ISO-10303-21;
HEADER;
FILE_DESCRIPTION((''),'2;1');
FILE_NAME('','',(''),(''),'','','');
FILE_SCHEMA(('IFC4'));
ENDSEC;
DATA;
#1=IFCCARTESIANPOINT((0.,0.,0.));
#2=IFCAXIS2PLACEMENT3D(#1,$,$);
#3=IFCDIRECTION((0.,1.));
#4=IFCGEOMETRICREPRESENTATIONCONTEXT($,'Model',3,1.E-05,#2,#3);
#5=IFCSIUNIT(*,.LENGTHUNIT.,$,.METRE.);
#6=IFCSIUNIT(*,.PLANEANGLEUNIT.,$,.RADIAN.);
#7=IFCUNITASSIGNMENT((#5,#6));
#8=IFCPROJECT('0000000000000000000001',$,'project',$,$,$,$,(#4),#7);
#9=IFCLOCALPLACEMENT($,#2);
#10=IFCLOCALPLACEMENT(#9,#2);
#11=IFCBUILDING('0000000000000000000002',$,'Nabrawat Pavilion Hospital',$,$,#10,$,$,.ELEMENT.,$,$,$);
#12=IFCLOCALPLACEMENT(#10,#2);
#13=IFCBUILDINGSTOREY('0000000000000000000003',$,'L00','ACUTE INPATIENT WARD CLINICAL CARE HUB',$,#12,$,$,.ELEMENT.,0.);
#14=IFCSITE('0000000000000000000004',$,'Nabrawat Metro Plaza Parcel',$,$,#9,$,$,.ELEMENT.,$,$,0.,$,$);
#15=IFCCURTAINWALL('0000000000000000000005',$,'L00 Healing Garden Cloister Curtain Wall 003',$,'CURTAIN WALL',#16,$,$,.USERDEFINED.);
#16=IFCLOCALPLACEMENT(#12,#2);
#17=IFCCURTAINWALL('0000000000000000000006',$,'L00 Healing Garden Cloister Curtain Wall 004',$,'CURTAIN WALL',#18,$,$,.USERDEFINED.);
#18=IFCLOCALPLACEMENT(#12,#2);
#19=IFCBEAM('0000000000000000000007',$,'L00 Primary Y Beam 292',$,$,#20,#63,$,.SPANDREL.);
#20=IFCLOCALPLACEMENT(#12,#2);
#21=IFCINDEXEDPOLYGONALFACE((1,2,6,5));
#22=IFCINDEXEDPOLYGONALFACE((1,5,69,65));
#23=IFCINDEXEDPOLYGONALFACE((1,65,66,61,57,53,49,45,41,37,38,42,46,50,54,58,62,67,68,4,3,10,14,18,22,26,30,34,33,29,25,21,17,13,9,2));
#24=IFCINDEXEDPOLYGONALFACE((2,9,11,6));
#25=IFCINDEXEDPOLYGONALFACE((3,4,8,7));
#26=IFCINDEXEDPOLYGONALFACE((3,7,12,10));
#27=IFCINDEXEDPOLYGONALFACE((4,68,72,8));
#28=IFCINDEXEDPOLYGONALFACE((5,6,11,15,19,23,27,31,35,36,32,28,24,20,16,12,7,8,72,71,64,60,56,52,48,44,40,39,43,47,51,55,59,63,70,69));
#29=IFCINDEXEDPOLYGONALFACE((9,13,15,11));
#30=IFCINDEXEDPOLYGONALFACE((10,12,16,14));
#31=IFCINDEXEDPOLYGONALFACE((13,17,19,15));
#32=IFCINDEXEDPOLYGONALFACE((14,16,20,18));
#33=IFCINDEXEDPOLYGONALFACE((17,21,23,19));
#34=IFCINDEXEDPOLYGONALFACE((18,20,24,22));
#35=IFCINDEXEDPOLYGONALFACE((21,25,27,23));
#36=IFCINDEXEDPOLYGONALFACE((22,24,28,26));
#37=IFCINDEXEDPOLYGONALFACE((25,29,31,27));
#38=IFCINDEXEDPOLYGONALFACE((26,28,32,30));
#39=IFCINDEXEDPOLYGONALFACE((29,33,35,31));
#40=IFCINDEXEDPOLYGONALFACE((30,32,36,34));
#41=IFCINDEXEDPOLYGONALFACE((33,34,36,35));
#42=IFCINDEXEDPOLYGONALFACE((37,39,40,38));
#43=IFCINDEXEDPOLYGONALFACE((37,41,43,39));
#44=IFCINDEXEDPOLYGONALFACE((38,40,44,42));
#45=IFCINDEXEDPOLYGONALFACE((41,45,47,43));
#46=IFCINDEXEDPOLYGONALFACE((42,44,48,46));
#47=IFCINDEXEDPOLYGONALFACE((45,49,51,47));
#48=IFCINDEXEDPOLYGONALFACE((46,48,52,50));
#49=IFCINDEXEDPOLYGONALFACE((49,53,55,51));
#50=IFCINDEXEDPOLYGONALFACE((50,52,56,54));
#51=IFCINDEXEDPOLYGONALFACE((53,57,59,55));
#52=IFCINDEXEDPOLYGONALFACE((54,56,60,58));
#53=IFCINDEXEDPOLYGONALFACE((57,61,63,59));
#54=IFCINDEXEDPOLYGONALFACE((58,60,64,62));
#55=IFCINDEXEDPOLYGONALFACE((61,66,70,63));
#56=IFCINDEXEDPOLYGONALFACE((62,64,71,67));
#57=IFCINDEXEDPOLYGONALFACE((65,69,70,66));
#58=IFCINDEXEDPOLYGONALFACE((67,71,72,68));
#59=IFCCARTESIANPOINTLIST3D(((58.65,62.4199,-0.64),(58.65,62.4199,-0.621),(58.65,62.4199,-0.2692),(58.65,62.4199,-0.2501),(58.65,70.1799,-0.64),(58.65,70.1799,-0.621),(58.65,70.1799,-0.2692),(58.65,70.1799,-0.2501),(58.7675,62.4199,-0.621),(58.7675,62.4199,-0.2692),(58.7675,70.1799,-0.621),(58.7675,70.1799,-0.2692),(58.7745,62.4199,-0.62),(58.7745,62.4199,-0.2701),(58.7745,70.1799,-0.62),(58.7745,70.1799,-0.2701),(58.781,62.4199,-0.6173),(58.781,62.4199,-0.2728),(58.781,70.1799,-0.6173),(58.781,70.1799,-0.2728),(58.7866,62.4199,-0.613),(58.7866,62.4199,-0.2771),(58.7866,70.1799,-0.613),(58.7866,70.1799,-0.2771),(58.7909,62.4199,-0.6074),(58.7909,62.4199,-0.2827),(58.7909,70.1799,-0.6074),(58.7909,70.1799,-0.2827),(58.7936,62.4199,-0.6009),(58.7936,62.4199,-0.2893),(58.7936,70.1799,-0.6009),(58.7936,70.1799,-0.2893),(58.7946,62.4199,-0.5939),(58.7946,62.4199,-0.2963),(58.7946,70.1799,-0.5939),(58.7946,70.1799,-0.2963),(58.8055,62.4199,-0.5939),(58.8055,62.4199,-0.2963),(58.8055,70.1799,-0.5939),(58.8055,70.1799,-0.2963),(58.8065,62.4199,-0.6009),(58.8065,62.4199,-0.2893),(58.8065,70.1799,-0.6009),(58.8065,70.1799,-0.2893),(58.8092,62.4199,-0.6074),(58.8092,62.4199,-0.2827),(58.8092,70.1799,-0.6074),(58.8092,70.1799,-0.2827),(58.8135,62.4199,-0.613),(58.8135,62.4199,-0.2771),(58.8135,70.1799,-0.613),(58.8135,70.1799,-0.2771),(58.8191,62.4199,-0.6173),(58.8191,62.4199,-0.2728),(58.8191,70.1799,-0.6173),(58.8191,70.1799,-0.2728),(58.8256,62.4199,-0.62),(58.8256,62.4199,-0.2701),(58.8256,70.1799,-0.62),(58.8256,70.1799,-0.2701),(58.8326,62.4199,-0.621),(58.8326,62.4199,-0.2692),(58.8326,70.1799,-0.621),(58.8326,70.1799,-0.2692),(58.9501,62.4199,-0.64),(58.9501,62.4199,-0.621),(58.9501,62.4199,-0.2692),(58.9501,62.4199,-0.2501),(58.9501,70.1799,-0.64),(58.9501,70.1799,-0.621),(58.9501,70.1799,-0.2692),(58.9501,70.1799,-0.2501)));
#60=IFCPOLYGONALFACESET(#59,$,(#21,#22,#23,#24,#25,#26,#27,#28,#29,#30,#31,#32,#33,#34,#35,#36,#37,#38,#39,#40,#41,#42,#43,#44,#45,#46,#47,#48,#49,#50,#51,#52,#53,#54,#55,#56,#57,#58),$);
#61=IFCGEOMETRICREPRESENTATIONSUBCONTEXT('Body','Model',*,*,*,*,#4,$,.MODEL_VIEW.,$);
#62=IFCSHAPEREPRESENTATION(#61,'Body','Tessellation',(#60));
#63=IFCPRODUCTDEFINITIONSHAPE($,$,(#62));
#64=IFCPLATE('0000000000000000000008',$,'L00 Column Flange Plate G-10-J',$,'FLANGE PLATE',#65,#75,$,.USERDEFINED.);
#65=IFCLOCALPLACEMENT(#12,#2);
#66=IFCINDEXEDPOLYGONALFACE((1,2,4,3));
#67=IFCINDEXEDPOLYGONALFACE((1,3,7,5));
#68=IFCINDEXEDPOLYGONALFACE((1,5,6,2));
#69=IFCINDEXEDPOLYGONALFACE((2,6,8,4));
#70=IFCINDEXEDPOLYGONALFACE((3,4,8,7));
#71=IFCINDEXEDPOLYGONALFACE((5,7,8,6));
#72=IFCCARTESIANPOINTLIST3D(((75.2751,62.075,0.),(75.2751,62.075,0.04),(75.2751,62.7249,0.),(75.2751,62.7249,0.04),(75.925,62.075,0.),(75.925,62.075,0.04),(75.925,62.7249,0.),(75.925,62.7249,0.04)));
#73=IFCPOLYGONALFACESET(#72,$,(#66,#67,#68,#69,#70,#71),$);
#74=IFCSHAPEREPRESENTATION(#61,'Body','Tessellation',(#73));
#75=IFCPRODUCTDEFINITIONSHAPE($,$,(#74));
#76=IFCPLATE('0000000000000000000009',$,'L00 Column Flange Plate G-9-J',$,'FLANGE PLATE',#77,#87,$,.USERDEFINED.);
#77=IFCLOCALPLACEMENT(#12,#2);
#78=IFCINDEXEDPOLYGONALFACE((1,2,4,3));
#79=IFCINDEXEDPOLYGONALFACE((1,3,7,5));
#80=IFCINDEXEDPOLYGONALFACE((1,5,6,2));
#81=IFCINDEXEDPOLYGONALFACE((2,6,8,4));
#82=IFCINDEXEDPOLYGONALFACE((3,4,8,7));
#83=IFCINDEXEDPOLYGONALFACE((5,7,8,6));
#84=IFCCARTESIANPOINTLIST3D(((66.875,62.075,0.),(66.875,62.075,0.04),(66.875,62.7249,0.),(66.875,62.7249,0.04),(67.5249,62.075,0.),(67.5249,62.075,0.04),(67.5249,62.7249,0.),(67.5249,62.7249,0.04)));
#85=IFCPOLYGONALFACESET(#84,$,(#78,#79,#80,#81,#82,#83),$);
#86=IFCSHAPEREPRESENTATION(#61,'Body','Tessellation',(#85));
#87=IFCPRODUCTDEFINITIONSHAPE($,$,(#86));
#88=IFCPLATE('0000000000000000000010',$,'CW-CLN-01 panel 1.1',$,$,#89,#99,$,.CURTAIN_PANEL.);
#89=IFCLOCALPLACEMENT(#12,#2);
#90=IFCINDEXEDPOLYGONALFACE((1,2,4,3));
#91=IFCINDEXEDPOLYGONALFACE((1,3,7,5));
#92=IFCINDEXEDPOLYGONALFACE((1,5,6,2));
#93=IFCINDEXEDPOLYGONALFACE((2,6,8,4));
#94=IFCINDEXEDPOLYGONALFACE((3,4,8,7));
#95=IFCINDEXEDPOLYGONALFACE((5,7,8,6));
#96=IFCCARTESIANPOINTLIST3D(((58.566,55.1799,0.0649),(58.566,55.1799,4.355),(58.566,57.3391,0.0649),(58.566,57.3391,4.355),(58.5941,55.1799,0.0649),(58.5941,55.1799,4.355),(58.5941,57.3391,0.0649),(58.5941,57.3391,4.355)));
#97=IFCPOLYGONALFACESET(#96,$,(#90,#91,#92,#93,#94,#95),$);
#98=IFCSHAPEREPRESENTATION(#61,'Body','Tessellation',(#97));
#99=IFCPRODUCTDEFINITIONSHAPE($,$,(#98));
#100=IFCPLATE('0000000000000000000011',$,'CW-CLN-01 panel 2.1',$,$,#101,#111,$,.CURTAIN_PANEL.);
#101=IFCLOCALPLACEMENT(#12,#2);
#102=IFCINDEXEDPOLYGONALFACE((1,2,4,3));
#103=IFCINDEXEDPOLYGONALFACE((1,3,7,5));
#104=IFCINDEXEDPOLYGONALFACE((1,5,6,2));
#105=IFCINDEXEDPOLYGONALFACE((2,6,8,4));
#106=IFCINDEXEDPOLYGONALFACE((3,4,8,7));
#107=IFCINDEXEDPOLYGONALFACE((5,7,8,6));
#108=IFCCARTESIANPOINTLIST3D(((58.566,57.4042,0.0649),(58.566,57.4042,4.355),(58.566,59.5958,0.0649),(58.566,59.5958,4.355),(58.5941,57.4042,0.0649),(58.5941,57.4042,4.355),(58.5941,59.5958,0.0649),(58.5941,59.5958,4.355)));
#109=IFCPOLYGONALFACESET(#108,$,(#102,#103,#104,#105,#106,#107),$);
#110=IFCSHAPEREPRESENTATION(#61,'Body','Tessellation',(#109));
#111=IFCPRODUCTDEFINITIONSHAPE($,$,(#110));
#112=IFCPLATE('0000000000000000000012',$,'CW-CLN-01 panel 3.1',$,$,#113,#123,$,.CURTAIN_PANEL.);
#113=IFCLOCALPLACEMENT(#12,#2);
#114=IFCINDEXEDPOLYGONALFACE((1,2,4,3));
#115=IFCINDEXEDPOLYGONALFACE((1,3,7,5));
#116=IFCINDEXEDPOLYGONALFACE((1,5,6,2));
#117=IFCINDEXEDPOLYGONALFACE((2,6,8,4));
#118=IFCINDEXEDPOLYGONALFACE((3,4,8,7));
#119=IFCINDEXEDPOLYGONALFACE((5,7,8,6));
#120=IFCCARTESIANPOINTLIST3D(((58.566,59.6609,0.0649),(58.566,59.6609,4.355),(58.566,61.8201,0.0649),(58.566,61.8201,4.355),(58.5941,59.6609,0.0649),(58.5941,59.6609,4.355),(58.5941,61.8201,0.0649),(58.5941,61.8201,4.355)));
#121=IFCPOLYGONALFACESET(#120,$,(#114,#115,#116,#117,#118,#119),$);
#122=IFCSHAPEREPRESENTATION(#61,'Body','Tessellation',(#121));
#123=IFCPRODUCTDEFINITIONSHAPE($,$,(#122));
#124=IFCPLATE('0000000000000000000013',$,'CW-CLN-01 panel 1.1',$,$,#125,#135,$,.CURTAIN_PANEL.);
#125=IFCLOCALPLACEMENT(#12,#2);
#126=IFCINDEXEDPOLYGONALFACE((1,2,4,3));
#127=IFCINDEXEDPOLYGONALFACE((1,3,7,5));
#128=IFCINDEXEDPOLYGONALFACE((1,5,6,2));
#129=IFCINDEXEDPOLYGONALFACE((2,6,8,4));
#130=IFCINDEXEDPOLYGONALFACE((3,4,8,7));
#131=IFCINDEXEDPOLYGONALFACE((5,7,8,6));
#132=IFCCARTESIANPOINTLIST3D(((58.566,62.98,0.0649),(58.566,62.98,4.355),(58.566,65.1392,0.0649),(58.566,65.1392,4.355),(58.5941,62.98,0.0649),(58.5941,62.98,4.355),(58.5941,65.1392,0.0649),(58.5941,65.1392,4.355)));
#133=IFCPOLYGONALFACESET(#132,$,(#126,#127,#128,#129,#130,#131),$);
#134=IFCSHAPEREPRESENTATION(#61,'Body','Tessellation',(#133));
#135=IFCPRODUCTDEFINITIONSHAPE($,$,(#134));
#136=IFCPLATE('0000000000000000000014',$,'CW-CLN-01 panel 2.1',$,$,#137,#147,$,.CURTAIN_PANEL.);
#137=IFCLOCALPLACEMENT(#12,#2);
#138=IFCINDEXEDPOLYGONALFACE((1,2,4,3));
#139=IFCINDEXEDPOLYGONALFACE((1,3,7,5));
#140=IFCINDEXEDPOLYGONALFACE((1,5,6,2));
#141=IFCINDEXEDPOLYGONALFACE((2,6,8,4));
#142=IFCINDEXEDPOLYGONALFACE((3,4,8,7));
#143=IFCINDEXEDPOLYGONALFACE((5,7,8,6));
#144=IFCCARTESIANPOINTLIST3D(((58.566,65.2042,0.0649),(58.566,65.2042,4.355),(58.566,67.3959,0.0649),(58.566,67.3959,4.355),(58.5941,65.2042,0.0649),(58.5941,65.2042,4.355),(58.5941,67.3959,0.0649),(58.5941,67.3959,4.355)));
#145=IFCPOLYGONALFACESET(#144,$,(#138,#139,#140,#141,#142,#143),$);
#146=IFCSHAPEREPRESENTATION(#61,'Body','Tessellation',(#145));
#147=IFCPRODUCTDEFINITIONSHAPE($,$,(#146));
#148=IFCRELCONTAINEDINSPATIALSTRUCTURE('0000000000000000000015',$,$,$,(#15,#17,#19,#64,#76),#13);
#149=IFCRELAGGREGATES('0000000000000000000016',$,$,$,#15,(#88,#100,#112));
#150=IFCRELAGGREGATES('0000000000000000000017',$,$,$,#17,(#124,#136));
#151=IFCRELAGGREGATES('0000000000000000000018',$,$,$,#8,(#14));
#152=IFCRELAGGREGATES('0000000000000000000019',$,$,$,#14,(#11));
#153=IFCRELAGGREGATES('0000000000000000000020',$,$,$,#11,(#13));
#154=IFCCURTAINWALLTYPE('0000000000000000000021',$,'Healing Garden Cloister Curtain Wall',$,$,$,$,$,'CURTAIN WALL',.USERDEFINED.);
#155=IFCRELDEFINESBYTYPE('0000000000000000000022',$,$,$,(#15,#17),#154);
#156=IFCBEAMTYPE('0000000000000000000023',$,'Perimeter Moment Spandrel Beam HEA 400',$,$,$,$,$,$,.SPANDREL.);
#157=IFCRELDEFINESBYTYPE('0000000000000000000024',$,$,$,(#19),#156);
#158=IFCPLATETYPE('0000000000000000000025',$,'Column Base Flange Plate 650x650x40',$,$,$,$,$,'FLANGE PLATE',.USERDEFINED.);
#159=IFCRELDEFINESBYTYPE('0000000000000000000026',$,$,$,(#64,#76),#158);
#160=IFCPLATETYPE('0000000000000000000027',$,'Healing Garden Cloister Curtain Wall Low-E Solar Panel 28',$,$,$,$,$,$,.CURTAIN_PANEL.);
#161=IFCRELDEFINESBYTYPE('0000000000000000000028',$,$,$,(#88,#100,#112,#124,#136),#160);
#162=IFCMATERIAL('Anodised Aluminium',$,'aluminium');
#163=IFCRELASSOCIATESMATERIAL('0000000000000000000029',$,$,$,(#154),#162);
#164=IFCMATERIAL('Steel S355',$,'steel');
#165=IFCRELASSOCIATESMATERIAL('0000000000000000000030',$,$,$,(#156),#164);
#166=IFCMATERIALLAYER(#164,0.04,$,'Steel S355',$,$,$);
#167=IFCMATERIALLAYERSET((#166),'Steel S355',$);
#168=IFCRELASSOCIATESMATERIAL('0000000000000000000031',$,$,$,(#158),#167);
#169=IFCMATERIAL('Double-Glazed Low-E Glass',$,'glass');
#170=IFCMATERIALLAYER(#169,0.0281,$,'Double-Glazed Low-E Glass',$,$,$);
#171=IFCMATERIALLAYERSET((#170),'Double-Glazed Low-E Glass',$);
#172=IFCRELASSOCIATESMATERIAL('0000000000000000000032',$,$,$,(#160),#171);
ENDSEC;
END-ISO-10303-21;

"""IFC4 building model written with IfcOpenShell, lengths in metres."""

from ifc_helpers import new_model, si_unit, direction, frame, origin, origin_2d, place, context, subcontext, project, spatial, rectangle, i_section, extrude, material, layer, layer_set, material_profile, profile_set, type_object, element, aggregate, save


model = new_model("IFC4")

# Units and contexts
model_context = context("Model", 3, precision=1e-05, world=origin(), true_north=direction((0.0, 1.0)))
body_context = subcontext(model_context, "Body", "Model", "MODEL_VIEW")
ifc_project = project(units=[si_unit("LENGTHUNIT", "METRE"), si_unit("PLANEANGLEUNIT", "RADIAN")], contexts=[model_context])

# Site, building, storey
site_placement = place(None, origin())
site = spatial("IfcSite", under=ifc_project, at=site_placement, Name="Nabrawat Metro Plaza Parcel", CompositionType="ELEMENT", RefElevation=0.0)
building_placement = place(site_placement, origin())
building = spatial("IfcBuilding", under=site, at=building_placement, Name="Nabrawat Pavilion Hospital", CompositionType="ELEMENT")
storey_placement = place(building_placement, origin())
storey = spatial("IfcBuildingStorey", under=building, at=storey_placement, Name="L00", Description="ACUTE INPATIENT WARD CLINICAL CARE HUB", CompositionType="ELEMENT", Elevation=0.0)

# Shared definitions
ifc_material_1 = material(Name="Steel S355", Category="steel")

# Curtain walls
ifc_material_2 = material(Name="Anodised Aluminium", Category="aluminium")
curtain_wall_type = type_object("IfcCurtainWallType", Name="Healing Garden Cloister Curtain Wall", ElementType="CURTAIN WALL", PredefinedType="USERDEFINED", material=ifc_material_2)
curtain_wall_1_placement = place(storey_placement, origin())
curtain_wall_1 = element("IfcCurtainWall", 1, at=curtain_wall_1_placement, inside=storey, type_object=curtain_wall_type, Name="L00 Healing Garden Cloister Curtain Wall 003", ObjectType="CURTAIN WALL", PredefinedType="USERDEFINED")
curtain_wall_2_placement = place(storey_placement, origin())
curtain_wall_2 = element("IfcCurtainWall", 2, at=curtain_wall_2_placement, inside=storey, type_object=curtain_wall_type, Name="L00 Healing Garden Cloister Curtain Wall 004", ObjectType="CURTAIN WALL", PredefinedType="USERDEFINED")

# Beam
ifc_material_profile_1 = material_profile(ifc_material_1, i_section(OverallWidth=0.3, OverallDepth=0.3899, WebThickness=0.011, FlangeThickness=0.019, FilletRadius=0.0271, at=origin_2d()), Name="HEA 400")
ifc_profile_set_1 = profile_set([ifc_material_profile_1], Name="Steel S355")
beam_type = type_object("IfcBeamType", Name="Perimeter Moment Spandrel Beam HEA 400", PredefinedType="SPANDREL", material=ifc_profile_set_1)
beam_placement = place(storey_placement, frame((58.8, 62.4199, -0.4451), z_axis=(0.0, 1.0, 0.0), x_axis=(-1.0, 0.0, 0.0)))
element("IfcBeam", 3, at=beam_placement, inside=storey, type_object=beam_type, Name="L00 Primary Y Beam 292", PredefinedType="SPANDREL", context=body_context, shape_type="SweptSolid", body=[
    extrude(i_section(OverallWidth=0.3, OverallDepth=0.3899, WebThickness=0.011, FlangeThickness=0.019, FilletRadius=0.0271, at=origin_2d()), origin(), (0.0, 0.0, 1.0), 7.76),
])

# Plates
ifc_layer_1 = layer(ifc_material_1, 0.04, Name="Steel S355")
ifc_layer_set_1 = layer_set([ifc_layer_1], Name="Steel S355")
plate_type_1 = type_object("IfcPlateType", Name="Column Base Flange Plate 650x650x40", ElementType="FLANGE PLATE", PredefinedType="USERDEFINED", material=ifc_layer_set_1)
for number, where, z_axis, x_axis, name in (
    (4, (75.6001, 62.3999, 0.0), (0.0, 0.0, 1.0), (1.0, 0.0, 0.0), "L00 Column Flange Plate G-10-J"),
    (5, (67.2, 62.3999, 0.0), (0.0, 0.0, 1.0), (1.0, 0.0, 0.0), "L00 Column Flange Plate G-9-J"),
):
    element("IfcPlate", number, at=place(storey_placement, frame(where, z_axis=z_axis, x_axis=x_axis)), inside=storey, type_object=plate_type_1, Name=name, ObjectType="FLANGE PLATE", PredefinedType="USERDEFINED", context=body_context, shape_type="SweptSolid", body=[
        extrude(rectangle(XDim=0.6499, YDim=0.6499, at=origin_2d()), origin(), (0.0, 0.0, 1.0), 0.04),
    ])

# Plates
ifc_material_3 = material(Name="Double-Glazed Low-E Glass", Category="glass")
ifc_layer_2 = layer(ifc_material_3, 0.0281, Name="Double-Glazed Low-E Glass")
ifc_layer_set_2 = layer_set([ifc_layer_2], Name="Double-Glazed Low-E Glass")
plate_type_2 = type_object("IfcPlateType", Name="Healing Garden Cloister Curtain Wall Low-E Solar Panel 28", PredefinedType="CURTAIN_PANEL", material=ifc_layer_set_2)
plate_1_placement = place(storey_placement, frame((58.5801, 56.2595, 0.0649), z_axis=(0.0, 0.0, 1.0), x_axis=(0.0, 1.0, 0.0)))
plate_1 = element("IfcPlate", 6, at=plate_1_placement, type_object=plate_type_2, Name="CW-CLN-01 panel 1.1", PredefinedType="CURTAIN_PANEL", context=body_context, shape_type="SweptSolid", body=[
    extrude(rectangle(XDim=2.1592, YDim=0.0281, at=origin_2d()), origin(), (0.0, 0.0, 1.0), 4.29),
])
plate_2_placement = place(storey_placement, frame((58.5801, 58.5, 0.0649), z_axis=(0.0, 0.0, 1.0), x_axis=(0.0, 1.0, 0.0)))
plate_2 = element("IfcPlate", 7, at=plate_2_placement, type_object=plate_type_2, Name="CW-CLN-01 panel 2.1", PredefinedType="CURTAIN_PANEL", context=body_context, shape_type="SweptSolid", body=[
    extrude(rectangle(XDim=2.1917, YDim=0.0281, at=origin_2d()), origin(), (0.0, 0.0, 1.0), 4.29),
])
plate_3_placement = place(storey_placement, frame((58.5801, 60.7405, 0.0649), z_axis=(0.0, 0.0, 1.0), x_axis=(0.0, 1.0, 0.0)))
plate_3 = element("IfcPlate", 8, at=plate_3_placement, type_object=plate_type_2, Name="CW-CLN-01 panel 3.1", PredefinedType="CURTAIN_PANEL", context=body_context, shape_type="SweptSolid", body=[
    extrude(rectangle(XDim=2.1592, YDim=0.0281, at=origin_2d()), origin(), (0.0, 0.0, 1.0), 4.29),
])
aggregate(curtain_wall_1, [plate_1, plate_2, plate_3])
plate_4_placement = place(storey_placement, frame((58.5801, 64.0596, 0.0649), z_axis=(0.0, 0.0, 1.0), x_axis=(0.0, 1.0, 0.0)))
plate_4 = element("IfcPlate", 9, at=plate_4_placement, type_object=plate_type_2, Name="CW-CLN-01 panel 1.1", PredefinedType="CURTAIN_PANEL", context=body_context, shape_type="SweptSolid", body=[
    extrude(rectangle(XDim=2.1592, YDim=0.0281, at=origin_2d()), origin(), (0.0, 0.0, 1.0), 4.29),
])
plate_5_placement = place(storey_placement, frame((58.5801, 66.3, 0.0649), z_axis=(0.0, 0.0, 1.0), x_axis=(0.0, 1.0, 0.0)))
plate_5 = element("IfcPlate", 10, at=plate_5_placement, type_object=plate_type_2, Name="CW-CLN-01 panel 2.1", PredefinedType="CURTAIN_PANEL", context=body_context, shape_type="SweptSolid", body=[
    extrude(rectangle(XDim=2.1917, YDim=0.0281, at=origin_2d()), origin(), (0.0, 0.0, 1.0), 4.29),
])
aggregate(curtain_wall_2, [plate_4, plate_5])

save(model, "model.ifc")
